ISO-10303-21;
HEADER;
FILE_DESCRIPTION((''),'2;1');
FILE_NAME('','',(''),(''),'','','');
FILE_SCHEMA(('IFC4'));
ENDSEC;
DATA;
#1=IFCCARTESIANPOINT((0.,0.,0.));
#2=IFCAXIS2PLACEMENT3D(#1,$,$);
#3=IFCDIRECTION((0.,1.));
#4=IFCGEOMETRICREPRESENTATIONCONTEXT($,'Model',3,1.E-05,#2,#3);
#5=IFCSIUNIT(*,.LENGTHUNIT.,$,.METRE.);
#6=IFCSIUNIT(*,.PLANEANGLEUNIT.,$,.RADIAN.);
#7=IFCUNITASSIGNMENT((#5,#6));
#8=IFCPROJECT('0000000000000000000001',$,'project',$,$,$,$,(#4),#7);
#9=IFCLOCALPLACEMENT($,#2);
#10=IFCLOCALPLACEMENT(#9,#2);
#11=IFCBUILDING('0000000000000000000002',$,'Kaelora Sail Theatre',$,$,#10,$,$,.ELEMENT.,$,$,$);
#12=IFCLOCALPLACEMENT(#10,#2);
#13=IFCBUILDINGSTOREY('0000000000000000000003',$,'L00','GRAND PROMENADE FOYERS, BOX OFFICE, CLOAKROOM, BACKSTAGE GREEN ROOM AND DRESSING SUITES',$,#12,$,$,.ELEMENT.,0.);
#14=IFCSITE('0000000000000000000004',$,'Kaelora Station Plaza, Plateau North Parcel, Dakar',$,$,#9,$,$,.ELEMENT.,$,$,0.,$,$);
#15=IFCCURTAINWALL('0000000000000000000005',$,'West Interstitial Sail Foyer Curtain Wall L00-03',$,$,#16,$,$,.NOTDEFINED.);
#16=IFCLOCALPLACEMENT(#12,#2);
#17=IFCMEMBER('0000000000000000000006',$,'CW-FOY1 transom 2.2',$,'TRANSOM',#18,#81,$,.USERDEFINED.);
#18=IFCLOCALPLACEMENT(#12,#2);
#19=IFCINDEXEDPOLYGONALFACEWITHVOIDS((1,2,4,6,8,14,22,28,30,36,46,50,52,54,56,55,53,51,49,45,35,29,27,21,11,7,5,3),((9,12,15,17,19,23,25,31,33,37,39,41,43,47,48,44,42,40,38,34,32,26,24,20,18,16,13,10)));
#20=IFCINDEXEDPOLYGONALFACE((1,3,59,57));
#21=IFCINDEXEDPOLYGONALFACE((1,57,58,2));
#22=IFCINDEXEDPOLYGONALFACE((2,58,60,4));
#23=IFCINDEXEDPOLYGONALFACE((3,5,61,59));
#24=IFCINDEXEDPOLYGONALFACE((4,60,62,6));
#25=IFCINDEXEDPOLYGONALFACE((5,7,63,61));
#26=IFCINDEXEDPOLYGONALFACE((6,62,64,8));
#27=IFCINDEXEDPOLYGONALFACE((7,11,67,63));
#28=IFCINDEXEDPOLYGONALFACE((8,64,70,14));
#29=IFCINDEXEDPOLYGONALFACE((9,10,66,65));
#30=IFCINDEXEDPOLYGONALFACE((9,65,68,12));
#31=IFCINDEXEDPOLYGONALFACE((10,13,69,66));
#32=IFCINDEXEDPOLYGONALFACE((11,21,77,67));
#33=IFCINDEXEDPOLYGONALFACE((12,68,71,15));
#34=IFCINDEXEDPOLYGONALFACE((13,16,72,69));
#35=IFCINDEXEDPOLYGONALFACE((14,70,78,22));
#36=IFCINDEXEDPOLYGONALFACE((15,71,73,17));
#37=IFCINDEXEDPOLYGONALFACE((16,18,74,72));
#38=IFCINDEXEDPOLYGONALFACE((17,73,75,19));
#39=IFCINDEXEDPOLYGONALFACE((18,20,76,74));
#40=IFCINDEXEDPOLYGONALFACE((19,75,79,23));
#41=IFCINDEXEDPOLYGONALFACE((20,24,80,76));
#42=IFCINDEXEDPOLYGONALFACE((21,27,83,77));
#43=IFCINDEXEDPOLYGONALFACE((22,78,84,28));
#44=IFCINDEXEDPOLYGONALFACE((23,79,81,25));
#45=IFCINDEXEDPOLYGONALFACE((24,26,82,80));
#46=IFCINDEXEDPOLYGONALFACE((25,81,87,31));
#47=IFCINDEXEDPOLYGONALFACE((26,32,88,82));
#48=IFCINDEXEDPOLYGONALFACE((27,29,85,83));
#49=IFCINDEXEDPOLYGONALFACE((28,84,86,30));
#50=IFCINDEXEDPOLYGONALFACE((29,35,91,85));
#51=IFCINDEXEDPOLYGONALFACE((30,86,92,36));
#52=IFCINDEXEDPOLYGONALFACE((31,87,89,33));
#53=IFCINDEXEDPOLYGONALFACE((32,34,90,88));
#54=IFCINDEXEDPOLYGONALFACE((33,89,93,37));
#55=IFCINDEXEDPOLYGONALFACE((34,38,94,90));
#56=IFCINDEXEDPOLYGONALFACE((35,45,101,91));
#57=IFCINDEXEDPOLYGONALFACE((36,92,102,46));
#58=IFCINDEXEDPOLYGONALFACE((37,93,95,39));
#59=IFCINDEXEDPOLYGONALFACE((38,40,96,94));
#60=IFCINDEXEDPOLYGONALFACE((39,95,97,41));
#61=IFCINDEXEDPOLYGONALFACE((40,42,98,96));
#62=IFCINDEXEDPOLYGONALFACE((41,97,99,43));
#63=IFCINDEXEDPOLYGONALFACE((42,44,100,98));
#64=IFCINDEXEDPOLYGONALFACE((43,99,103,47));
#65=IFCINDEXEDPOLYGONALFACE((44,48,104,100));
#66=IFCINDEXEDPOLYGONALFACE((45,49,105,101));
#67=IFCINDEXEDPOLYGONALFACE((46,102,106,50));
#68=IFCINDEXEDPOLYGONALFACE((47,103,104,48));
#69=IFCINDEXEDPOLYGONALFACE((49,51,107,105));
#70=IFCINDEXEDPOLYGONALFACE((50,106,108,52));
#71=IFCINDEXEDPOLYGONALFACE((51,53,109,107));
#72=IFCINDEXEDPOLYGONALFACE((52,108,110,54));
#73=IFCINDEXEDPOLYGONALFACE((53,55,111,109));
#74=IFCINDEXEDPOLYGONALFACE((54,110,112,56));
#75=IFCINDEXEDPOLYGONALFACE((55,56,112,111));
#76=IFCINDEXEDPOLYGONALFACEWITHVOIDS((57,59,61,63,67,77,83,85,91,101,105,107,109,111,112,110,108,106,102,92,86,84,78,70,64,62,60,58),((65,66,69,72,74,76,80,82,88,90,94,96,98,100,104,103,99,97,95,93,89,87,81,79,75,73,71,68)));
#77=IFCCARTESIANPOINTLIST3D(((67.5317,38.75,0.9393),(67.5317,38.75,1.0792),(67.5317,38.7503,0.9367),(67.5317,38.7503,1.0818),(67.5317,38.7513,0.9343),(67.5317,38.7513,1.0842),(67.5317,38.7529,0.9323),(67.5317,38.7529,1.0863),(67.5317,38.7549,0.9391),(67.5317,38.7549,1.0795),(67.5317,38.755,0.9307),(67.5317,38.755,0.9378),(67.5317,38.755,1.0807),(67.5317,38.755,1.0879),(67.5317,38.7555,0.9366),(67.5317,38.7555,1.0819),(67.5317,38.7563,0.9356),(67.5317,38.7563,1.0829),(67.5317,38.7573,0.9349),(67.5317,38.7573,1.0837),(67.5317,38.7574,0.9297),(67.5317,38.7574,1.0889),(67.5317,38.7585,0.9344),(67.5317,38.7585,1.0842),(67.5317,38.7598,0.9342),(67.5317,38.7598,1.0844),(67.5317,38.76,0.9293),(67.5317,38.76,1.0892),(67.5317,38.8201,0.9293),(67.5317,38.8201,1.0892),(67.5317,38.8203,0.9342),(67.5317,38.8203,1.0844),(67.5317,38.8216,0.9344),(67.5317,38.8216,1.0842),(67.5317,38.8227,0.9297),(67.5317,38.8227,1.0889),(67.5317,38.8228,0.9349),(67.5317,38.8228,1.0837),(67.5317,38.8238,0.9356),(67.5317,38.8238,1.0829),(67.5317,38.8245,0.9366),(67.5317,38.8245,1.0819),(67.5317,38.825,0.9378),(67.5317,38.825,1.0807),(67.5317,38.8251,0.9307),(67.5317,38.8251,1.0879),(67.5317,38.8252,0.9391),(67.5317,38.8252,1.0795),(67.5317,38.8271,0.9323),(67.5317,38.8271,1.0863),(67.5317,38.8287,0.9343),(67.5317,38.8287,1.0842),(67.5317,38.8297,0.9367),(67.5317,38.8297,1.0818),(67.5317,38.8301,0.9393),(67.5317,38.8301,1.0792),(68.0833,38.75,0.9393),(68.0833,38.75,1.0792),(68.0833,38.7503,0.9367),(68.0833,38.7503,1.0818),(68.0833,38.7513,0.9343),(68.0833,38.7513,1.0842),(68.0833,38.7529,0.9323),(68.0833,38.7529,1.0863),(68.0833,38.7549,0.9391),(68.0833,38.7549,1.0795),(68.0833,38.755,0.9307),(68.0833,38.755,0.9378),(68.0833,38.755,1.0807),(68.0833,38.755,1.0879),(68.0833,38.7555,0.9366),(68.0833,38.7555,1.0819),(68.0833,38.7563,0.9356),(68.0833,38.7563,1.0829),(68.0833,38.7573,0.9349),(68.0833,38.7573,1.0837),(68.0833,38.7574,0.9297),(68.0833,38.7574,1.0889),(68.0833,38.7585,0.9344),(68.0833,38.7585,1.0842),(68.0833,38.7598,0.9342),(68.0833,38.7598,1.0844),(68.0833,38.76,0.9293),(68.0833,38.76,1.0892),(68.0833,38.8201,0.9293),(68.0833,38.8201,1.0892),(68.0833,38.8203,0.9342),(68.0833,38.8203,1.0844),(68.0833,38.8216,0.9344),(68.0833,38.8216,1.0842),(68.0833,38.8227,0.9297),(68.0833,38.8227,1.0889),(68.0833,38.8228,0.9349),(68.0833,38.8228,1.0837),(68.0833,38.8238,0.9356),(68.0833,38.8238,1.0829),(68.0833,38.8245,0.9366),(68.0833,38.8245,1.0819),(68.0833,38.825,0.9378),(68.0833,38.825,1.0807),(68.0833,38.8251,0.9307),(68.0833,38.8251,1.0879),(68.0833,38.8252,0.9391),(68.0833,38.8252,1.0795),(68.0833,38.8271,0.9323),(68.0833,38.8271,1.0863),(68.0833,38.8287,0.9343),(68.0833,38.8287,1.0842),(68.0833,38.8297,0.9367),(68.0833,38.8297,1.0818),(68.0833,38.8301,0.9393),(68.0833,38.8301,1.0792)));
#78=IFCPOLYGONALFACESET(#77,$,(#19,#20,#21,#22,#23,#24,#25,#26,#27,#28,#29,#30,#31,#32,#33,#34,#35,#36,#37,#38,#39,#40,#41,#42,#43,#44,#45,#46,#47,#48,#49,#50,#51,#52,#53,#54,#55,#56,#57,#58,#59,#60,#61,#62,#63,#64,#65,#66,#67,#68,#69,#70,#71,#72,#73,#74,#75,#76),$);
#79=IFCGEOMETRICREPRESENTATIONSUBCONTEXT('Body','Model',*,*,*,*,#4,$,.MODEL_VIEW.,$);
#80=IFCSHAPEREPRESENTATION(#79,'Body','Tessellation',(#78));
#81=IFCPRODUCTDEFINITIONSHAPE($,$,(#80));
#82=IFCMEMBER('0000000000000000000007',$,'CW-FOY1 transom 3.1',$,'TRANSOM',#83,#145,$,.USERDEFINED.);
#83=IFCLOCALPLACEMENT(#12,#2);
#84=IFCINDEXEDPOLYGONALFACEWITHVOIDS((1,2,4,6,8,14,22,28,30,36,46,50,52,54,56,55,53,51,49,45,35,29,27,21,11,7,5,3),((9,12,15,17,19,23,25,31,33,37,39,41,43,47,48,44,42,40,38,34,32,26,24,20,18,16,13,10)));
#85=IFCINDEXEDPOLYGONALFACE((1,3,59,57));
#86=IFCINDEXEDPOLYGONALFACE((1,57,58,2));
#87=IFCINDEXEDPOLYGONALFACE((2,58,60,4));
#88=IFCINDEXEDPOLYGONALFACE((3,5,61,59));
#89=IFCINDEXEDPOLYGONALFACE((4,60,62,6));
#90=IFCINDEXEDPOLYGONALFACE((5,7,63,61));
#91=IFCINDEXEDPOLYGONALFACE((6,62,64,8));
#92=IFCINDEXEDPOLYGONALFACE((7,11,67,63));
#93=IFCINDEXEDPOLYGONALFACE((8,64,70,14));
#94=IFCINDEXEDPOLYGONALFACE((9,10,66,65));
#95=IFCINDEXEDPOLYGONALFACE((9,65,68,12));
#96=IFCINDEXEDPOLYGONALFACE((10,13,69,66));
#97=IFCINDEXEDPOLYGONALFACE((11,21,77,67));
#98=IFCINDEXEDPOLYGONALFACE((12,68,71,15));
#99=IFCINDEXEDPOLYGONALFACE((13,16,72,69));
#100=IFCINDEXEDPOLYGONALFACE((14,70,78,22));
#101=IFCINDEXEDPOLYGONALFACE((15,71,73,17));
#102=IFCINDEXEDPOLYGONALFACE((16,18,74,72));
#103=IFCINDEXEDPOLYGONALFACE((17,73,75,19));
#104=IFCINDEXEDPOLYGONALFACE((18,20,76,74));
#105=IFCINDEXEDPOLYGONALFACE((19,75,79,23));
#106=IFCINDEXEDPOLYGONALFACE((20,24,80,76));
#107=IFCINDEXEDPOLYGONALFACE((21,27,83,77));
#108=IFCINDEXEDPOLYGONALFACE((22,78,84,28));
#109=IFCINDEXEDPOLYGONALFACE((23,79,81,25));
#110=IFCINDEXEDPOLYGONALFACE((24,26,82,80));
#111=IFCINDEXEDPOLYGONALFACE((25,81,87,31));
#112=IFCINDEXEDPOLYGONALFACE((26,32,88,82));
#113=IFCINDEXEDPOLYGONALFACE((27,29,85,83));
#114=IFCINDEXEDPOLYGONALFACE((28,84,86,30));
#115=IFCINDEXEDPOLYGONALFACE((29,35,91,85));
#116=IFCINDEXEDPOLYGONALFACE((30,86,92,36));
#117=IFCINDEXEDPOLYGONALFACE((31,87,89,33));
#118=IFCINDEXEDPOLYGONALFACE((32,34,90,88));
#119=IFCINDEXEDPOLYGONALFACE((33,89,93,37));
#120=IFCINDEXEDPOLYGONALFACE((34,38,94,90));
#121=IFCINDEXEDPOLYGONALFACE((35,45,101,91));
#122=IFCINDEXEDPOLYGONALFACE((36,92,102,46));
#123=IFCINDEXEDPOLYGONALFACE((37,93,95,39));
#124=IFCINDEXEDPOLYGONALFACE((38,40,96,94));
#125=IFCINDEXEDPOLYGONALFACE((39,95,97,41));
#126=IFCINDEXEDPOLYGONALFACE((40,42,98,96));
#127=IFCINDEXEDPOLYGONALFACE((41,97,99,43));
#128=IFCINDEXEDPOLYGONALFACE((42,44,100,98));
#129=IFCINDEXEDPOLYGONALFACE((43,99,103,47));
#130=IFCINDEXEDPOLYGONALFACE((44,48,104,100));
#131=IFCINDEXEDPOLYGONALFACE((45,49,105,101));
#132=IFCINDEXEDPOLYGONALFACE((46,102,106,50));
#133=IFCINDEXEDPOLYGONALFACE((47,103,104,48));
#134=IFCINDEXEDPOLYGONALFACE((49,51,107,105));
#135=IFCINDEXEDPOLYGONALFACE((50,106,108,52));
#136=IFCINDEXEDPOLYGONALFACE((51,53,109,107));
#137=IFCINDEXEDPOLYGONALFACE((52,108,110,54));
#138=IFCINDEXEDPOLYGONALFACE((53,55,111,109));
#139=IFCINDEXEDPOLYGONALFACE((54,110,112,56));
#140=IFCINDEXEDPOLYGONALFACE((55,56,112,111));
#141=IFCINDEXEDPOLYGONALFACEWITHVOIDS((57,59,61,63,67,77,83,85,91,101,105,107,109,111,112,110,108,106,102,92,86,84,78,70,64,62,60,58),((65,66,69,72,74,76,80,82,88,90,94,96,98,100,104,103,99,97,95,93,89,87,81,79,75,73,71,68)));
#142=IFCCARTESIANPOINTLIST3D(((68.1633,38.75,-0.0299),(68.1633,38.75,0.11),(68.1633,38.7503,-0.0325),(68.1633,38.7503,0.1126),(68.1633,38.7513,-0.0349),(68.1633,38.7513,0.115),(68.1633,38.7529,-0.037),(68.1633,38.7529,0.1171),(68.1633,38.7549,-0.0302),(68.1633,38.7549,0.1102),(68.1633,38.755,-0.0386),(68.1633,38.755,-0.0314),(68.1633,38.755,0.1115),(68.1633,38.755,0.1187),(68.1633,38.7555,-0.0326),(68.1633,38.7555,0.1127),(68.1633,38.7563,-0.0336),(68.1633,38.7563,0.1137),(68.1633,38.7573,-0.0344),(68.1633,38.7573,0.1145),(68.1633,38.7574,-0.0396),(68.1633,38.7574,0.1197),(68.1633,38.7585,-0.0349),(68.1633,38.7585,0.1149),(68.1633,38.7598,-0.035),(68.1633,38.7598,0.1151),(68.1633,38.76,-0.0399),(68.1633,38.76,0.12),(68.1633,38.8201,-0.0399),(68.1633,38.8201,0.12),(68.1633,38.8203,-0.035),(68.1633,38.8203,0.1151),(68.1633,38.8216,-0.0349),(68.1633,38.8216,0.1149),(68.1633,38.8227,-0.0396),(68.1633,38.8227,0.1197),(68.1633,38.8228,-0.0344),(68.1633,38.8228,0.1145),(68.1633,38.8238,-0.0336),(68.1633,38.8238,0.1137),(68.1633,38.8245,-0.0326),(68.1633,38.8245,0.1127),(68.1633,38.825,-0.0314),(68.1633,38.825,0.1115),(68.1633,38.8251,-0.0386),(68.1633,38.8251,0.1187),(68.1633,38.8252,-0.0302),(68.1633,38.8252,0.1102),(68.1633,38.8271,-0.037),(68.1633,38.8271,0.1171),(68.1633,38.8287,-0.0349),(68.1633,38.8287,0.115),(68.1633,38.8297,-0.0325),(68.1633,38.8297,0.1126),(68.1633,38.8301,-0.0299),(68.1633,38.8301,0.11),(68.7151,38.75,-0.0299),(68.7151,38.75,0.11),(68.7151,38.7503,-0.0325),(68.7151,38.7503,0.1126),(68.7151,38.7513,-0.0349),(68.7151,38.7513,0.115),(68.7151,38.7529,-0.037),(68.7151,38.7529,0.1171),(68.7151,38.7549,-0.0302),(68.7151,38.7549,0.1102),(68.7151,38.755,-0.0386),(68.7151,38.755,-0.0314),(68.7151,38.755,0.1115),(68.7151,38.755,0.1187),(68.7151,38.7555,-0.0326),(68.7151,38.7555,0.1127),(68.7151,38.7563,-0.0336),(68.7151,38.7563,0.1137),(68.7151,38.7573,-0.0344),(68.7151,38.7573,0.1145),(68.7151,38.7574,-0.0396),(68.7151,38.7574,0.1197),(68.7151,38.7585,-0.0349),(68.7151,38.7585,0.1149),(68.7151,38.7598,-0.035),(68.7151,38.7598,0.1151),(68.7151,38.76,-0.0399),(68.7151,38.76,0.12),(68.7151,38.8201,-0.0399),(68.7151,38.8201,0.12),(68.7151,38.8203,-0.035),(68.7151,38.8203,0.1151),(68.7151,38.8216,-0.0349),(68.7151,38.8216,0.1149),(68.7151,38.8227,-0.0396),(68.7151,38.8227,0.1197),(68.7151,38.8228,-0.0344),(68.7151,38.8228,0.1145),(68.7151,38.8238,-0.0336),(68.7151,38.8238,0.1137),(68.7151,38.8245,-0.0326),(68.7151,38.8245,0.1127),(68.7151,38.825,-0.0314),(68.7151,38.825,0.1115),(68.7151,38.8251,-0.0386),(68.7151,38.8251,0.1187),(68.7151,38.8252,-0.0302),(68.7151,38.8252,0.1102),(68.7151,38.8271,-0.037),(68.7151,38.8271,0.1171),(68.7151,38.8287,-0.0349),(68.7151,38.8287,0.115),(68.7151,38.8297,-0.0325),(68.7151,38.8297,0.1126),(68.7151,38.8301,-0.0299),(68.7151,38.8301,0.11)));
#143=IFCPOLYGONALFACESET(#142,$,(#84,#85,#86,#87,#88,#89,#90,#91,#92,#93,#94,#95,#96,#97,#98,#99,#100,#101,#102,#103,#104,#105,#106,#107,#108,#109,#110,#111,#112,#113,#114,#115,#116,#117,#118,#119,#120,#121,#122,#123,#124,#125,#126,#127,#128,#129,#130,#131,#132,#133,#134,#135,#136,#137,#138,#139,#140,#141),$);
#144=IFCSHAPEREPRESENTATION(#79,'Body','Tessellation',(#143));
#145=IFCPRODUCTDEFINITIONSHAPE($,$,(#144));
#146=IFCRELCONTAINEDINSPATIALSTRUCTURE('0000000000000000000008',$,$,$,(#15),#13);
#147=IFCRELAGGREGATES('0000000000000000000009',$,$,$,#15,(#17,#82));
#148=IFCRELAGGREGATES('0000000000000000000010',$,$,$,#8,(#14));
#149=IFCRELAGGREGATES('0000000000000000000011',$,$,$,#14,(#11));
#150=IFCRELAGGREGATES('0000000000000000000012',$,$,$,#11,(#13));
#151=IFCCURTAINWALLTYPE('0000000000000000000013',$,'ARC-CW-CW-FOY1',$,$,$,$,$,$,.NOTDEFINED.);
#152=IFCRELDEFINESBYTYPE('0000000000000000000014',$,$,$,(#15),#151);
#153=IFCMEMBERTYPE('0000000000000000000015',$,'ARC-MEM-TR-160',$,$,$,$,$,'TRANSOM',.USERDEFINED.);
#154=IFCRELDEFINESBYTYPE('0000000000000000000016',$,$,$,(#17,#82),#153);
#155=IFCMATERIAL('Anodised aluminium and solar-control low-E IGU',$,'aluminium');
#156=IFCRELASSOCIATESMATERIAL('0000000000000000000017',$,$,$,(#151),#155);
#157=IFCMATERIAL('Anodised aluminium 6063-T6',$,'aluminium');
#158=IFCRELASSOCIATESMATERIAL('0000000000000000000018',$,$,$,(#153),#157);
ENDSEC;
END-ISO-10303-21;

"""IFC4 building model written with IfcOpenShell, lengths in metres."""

from ifc_helpers import new_model, si_unit, direction, frame, origin, origin_2d, place, context, subcontext, project, spatial, hollow_rectangle, extrude, material, material_profile, profile_set, type_object, element, aggregate, save


model = new_model("IFC4")

# Units and contexts
model_context = context("Model", 3, precision=1e-05, world=origin(), true_north=direction((0.0, 1.0)))
body_context = subcontext(model_context, "Body", "Model", "MODEL_VIEW")
ifc_project = project(units=[si_unit("LENGTHUNIT", "METRE"), si_unit("PLANEANGLEUNIT", "RADIAN")], contexts=[model_context])

# Site, building, storey
site_placement = place(None, origin())
site = spatial("IfcSite", under=ifc_project, at=site_placement, Name="Kaelora Station Plaza, Plateau North Parcel, Dakar", CompositionType="ELEMENT", RefElevation=0.0)
building_placement = place(site_placement, origin())
building = spatial("IfcBuilding", under=site, at=building_placement, Name="Kaelora Sail Theatre", CompositionType="ELEMENT")
storey_placement = place(building_placement, origin())
storey = spatial("IfcBuildingStorey", under=building, at=storey_placement, Name="L00", Description="GRAND PROMENADE FOYERS, BOX OFFICE, CLOAKROOM, BACKSTAGE GREEN ROOM AND DRESSING SUITES", CompositionType="ELEMENT", Elevation=0.0)

# Curtain wall
ifc_material_1 = material(Name="Anodised aluminium and solar-control low-E IGU", Category="aluminium")
curtain_wall_type = type_object("IfcCurtainWallType", Name="ARC-CW-CW-FOY1", PredefinedType="NOTDEFINED", material=ifc_material_1)
curtain_wall_1_placement = place(storey_placement, origin())
curtain_wall_1 = element("IfcCurtainWall", 1, at=curtain_wall_1_placement, inside=storey, type_object=curtain_wall_type, Name="West Interstitial Sail Foyer Curtain Wall L00-03", PredefinedType="NOTDEFINED")

# Members
ifc_material_2 = material(Name="Anodised aluminium 6063-T6", Category="aluminium")
ifc_material_profile_1 = material_profile(ifc_material_2, hollow_rectangle(XDim=0.0801, YDim=0.1599, WallThickness=0.0049, InnerFilletRadius=0.0049, OuterFilletRadius=0.01, at=origin_2d()), Name="ALU-TRAN 80x160x5")
ifc_profile_set_1 = profile_set([ifc_material_profile_1], Name="Anodised aluminium 6063-T6")
member_type_1 = type_object("IfcMemberType", Name="ARC-MEM-TR-160", ElementType="TRANSOM", PredefinedType="USERDEFINED", material=ifc_profile_set_1)
member_1_placement = place(storey_placement, frame((67.5317, 38.79, 1.0093), z_axis=(1.0, 0.0, 0.0), x_axis=(0.0, 1.0, 0.0)))
member_1 = element("IfcMember", 2, at=member_1_placement, type_object=member_type_1, Name="CW-FOY1 transom 2.2", ObjectType="TRANSOM", PredefinedType="USERDEFINED", context=body_context, shape_type="SweptSolid", body=[
    extrude(hollow_rectangle(XDim=0.0801, YDim=0.1599, WallThickness=0.0049, InnerFilletRadius=0.0049, OuterFilletRadius=0.01, at=origin_2d()), origin(), (0.0, 0.0, 1.0), 0.5515),
])
member_2_placement = place(storey_placement, frame((68.1633, 38.79, 0.04), z_axis=(1.0, 0.0, 0.0), x_axis=(0.0, 1.0, 0.0)))
member_2 = element("IfcMember", 3, at=member_2_placement, type_object=member_type_1, Name="CW-FOY1 transom 3.1", ObjectType="TRANSOM", PredefinedType="USERDEFINED", context=body_context, shape_type="SweptSolid", body=[
    extrude(hollow_rectangle(XDim=0.0801, YDim=0.1599, WallThickness=0.0049, InnerFilletRadius=0.0049, OuterFilletRadius=0.01, at=origin_2d()), origin(), (0.0, 0.0, 1.0), 0.5518),
])

aggregate(curtain_wall_1, [member_1, member_2])

save(model, "model.ifc")
